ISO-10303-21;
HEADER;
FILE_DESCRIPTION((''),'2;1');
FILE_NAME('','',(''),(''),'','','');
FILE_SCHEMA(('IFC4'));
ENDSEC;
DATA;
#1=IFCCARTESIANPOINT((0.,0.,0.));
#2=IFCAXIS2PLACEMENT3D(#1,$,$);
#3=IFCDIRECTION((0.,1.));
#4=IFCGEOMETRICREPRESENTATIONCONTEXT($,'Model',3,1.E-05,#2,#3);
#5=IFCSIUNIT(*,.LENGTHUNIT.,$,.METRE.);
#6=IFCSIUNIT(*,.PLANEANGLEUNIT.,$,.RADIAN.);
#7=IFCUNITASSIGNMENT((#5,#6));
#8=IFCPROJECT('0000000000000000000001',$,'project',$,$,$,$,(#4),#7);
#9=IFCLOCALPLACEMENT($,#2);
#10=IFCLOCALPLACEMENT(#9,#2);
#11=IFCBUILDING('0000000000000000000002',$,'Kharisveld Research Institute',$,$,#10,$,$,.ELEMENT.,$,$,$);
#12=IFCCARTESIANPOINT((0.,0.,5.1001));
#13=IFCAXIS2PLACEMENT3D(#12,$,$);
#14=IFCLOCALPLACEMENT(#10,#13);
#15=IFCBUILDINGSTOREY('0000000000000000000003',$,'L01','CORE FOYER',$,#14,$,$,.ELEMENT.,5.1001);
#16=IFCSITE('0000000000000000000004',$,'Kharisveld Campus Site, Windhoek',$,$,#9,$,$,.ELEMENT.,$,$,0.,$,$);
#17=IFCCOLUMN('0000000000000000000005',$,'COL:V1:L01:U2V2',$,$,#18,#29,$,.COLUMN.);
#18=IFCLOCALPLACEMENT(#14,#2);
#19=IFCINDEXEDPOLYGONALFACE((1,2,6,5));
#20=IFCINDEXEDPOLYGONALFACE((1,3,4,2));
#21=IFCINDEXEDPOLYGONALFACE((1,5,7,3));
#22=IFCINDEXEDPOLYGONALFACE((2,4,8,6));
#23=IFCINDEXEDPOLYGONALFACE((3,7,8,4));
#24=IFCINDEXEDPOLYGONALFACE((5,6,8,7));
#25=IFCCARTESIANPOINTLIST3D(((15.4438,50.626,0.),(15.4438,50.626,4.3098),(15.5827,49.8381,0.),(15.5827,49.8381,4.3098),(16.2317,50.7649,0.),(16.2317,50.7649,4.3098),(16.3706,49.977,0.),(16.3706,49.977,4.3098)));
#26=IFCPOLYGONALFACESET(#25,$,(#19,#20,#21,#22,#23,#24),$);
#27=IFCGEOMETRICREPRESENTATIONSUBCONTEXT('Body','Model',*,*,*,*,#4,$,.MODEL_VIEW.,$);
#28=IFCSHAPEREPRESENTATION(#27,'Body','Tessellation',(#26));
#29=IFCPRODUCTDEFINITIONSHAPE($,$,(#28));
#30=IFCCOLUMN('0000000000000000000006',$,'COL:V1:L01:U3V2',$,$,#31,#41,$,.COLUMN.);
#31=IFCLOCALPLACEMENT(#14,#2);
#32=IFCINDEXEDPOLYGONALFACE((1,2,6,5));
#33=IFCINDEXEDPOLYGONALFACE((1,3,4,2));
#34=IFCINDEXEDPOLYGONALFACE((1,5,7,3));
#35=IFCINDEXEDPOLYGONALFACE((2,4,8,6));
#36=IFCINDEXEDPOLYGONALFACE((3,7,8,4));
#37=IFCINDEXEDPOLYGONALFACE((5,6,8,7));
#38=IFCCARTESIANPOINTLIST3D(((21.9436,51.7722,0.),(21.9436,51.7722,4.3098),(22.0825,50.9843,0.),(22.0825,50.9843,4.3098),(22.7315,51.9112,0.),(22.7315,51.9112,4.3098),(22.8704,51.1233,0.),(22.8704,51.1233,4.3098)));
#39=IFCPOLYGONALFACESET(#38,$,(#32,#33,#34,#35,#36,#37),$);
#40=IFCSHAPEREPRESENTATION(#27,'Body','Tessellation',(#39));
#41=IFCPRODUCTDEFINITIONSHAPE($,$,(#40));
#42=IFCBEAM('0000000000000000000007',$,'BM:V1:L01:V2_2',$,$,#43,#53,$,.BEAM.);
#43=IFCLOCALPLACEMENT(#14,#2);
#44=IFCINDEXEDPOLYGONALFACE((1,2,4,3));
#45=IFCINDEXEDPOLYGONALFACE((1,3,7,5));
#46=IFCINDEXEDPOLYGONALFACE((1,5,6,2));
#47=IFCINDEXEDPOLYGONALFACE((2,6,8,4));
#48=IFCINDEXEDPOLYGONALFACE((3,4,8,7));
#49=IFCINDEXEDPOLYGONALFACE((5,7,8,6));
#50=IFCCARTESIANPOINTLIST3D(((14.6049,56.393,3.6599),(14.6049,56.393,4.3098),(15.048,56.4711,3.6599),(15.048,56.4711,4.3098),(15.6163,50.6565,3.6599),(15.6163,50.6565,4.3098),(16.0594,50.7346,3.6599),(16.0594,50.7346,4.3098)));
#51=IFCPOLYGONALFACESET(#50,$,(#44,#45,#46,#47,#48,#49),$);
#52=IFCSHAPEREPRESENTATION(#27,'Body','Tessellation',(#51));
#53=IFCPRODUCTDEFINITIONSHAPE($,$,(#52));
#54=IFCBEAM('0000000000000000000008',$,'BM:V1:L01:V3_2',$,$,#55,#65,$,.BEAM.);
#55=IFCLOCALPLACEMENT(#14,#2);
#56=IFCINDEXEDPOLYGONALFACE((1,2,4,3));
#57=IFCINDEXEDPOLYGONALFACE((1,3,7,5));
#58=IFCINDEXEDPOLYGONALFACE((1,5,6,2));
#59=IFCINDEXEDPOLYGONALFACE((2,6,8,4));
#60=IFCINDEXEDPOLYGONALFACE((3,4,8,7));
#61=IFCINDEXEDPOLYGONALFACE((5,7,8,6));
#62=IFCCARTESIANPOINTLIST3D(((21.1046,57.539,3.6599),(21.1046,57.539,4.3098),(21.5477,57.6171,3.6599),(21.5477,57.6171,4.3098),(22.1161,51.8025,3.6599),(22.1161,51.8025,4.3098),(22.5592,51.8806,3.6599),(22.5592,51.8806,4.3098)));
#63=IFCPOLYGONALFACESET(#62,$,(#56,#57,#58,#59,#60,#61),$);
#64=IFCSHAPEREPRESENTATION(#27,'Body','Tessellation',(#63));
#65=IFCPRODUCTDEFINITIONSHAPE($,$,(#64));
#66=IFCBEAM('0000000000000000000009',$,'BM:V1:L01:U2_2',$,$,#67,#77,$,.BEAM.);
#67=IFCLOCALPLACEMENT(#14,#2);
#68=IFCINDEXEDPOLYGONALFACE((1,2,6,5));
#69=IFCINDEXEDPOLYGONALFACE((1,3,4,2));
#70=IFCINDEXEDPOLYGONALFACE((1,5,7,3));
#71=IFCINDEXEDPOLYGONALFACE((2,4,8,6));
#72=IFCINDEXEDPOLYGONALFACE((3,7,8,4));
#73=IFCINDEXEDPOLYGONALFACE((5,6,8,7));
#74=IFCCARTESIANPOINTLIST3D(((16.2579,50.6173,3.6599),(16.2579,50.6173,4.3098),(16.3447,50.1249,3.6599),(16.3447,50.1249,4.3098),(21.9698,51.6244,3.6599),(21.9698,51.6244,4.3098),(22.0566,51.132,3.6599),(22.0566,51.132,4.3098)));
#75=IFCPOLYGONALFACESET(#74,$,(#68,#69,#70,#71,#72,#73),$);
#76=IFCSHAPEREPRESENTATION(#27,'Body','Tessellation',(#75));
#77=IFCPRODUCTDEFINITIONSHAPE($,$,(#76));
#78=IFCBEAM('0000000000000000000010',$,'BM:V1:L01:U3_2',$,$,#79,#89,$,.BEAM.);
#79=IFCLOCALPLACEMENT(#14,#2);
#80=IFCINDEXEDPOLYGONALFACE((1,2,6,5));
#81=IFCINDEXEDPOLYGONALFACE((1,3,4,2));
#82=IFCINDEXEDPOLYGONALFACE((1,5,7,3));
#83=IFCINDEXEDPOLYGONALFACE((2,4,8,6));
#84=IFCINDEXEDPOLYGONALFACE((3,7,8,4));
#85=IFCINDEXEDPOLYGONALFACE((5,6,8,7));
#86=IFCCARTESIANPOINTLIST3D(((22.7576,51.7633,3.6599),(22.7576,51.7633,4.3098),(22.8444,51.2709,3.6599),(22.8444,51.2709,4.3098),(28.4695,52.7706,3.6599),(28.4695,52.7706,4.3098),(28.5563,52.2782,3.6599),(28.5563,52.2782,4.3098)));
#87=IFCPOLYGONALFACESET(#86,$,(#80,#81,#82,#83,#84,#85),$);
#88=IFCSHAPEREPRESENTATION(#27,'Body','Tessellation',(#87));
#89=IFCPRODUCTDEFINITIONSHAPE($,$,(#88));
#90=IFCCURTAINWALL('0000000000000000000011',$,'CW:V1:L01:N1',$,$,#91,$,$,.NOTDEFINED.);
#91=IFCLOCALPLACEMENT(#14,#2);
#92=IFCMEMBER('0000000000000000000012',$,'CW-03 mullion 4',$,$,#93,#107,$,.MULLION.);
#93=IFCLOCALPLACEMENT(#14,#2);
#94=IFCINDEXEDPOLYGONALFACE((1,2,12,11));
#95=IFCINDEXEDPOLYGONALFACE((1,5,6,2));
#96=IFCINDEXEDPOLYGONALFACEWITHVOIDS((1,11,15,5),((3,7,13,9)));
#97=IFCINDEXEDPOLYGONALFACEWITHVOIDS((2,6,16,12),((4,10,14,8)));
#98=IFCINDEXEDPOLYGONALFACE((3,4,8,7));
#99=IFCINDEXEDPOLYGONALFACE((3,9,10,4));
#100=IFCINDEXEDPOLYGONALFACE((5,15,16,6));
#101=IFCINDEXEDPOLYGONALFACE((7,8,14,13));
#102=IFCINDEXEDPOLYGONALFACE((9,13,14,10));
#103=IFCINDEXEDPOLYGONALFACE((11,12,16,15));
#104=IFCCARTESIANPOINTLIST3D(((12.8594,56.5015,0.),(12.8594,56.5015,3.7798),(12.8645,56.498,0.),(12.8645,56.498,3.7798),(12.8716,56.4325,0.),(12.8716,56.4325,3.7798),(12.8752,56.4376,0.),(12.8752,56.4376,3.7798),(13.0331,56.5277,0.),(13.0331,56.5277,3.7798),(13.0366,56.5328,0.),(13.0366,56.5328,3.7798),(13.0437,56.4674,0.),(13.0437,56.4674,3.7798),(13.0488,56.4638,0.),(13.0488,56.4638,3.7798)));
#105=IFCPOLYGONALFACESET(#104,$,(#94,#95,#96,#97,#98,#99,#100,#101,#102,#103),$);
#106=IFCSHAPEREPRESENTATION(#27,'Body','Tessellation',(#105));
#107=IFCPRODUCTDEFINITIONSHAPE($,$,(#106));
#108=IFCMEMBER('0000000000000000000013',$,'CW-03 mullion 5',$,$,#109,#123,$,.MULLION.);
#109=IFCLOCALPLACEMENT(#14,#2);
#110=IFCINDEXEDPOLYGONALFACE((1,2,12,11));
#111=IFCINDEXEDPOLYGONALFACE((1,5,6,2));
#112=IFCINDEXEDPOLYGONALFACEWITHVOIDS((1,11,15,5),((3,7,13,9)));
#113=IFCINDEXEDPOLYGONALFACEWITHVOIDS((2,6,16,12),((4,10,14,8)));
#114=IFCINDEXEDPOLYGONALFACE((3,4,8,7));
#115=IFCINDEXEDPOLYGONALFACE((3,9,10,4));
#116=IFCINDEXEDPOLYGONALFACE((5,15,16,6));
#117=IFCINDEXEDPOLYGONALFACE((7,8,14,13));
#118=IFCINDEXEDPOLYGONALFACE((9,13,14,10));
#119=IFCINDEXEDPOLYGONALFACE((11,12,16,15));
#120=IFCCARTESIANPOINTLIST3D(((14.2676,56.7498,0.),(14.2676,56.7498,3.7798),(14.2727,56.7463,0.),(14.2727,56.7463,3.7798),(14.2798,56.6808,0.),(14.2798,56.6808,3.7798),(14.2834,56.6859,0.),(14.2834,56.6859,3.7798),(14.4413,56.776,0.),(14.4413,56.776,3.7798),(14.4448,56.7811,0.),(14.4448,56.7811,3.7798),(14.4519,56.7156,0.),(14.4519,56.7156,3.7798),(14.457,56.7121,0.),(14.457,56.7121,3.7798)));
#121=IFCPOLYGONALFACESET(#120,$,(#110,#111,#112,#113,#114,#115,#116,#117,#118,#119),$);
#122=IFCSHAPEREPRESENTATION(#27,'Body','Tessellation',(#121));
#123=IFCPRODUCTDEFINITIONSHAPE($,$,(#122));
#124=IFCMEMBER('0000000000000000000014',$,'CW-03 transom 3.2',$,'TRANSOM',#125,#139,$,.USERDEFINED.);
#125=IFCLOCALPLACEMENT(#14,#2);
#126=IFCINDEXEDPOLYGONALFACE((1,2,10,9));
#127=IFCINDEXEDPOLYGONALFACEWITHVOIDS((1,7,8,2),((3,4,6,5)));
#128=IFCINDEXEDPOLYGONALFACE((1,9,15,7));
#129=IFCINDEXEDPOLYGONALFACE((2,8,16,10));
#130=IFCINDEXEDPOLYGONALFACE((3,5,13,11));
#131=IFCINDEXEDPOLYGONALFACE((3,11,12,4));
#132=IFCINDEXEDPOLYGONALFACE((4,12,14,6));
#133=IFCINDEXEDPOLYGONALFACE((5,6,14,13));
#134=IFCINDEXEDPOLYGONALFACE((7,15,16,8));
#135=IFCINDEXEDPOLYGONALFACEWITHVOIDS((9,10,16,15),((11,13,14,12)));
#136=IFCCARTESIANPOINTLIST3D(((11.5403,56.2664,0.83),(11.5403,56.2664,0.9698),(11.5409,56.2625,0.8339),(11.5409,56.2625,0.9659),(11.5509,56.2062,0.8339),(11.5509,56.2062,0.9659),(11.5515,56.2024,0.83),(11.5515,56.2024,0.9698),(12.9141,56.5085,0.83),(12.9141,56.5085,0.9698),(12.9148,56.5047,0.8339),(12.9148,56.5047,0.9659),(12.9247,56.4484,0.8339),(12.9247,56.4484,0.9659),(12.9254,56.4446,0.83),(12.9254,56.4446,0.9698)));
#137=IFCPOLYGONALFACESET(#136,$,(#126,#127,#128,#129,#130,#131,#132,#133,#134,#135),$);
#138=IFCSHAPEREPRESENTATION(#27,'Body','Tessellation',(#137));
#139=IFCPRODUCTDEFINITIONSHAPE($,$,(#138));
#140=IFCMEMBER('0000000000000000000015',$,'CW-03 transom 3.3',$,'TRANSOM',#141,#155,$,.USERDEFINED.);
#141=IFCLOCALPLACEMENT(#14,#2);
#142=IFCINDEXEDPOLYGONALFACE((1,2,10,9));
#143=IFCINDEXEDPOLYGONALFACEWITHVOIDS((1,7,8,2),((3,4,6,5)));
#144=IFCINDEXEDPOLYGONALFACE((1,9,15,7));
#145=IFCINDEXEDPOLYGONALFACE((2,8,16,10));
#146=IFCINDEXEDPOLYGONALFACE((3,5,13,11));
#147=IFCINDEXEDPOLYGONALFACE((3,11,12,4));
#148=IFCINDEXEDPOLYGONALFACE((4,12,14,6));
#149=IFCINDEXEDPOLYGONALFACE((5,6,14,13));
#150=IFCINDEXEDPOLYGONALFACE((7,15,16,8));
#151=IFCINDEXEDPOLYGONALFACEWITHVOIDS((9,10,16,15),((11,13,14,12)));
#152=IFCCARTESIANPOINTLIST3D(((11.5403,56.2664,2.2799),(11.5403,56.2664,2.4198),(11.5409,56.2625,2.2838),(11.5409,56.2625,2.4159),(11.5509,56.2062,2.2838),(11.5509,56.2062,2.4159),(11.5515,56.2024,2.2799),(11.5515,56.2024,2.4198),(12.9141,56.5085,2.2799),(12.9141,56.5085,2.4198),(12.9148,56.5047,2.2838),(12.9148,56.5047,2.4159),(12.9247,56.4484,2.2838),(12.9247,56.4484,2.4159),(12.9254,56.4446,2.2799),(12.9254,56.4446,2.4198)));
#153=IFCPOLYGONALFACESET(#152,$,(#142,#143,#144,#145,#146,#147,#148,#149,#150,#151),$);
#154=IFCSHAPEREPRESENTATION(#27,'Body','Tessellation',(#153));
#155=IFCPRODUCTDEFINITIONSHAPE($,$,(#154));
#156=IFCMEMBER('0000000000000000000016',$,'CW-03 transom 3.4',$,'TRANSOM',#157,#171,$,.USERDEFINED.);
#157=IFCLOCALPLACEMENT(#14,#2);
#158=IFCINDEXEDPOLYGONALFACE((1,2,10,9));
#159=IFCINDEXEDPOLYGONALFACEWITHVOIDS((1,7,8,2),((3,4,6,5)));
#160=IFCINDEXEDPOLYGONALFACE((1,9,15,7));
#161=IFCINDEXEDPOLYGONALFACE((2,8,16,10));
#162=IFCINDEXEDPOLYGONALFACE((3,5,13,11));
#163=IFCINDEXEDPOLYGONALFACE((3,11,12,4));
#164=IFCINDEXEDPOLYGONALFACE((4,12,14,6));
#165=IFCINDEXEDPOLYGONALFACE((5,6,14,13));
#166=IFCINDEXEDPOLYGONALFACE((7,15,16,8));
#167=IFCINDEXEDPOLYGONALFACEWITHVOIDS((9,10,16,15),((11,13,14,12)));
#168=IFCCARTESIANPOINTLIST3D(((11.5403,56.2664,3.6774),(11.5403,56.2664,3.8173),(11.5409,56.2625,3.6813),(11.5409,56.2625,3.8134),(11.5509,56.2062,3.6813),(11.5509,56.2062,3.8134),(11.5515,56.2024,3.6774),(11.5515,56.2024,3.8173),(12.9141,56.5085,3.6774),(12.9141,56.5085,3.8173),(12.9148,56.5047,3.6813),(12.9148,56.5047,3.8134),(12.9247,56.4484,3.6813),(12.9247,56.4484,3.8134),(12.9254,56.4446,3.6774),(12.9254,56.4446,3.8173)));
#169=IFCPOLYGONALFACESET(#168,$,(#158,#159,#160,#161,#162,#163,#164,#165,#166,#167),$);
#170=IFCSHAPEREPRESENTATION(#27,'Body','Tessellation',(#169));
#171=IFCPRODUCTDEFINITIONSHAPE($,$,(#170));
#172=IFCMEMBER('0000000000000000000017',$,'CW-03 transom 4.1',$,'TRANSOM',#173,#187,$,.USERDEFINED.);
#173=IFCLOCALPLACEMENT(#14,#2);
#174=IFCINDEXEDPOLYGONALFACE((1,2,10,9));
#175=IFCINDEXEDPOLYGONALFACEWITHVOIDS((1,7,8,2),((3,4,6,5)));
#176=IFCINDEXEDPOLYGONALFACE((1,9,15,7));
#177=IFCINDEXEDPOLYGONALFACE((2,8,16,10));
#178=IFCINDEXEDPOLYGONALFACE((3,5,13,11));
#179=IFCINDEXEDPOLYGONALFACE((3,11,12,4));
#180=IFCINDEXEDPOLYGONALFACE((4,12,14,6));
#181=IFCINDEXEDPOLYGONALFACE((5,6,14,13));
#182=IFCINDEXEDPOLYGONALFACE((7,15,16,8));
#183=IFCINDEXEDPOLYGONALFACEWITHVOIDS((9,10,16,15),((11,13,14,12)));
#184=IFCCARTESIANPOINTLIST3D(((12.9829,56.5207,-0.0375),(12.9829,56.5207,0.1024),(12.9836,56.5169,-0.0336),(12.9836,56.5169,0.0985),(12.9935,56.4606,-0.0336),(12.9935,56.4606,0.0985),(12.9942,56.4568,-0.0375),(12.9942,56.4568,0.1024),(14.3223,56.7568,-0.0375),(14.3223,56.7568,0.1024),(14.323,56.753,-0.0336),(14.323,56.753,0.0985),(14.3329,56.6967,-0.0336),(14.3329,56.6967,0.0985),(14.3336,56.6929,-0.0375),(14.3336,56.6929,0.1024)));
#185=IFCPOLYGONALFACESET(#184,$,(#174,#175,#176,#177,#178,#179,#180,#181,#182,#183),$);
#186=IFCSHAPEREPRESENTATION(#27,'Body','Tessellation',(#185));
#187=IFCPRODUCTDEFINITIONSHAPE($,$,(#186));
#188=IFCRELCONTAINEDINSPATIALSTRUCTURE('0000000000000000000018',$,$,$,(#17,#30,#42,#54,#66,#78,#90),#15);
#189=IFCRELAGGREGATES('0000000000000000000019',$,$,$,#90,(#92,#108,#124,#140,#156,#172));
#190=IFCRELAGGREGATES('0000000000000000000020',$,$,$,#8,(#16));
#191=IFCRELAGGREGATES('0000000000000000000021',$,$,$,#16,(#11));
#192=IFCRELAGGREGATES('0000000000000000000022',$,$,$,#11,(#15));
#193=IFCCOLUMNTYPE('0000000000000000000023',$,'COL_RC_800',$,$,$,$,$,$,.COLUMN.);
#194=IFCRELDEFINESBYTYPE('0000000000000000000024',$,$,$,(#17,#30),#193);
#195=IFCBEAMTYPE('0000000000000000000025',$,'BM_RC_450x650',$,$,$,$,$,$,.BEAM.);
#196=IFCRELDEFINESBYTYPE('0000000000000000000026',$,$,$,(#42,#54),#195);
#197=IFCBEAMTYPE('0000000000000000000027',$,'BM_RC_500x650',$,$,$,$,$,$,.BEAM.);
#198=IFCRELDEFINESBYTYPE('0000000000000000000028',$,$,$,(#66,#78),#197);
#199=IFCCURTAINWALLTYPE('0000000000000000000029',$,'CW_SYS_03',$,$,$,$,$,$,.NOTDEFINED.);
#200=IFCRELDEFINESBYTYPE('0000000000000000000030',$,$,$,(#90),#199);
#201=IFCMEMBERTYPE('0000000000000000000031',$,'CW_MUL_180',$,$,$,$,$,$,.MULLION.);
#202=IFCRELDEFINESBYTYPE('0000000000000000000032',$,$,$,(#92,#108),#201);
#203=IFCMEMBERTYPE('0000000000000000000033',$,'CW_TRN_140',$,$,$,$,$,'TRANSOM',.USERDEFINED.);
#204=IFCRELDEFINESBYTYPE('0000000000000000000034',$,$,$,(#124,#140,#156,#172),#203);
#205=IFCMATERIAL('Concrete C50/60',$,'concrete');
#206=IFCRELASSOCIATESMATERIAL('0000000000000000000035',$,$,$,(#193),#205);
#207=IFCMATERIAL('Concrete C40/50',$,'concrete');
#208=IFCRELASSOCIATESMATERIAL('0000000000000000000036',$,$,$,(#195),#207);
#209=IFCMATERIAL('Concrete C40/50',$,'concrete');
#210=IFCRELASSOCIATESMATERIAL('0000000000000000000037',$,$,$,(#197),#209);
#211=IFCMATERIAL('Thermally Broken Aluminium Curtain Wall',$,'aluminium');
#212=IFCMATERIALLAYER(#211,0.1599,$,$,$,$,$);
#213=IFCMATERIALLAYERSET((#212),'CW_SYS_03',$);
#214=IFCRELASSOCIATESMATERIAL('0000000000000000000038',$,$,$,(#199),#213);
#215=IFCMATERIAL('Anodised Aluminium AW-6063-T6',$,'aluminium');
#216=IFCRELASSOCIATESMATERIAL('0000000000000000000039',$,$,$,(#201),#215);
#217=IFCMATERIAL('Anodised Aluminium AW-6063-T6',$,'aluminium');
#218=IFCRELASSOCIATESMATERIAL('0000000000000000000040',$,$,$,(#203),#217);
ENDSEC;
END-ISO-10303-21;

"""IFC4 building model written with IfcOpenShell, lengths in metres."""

from ifc_helpers import new_model, si_unit, direction, frame, origin, origin_2d, place, context, subcontext, project, spatial, rectangle, hollow_rectangle, extrude, material, layer, layer_set, material_profile, profile_set, type_object, element, aggregate, save


model = new_model("IFC4")

# Units and contexts
model_context = context("Model", 3, precision=1e-05, world=origin(), true_north=direction((0.0, 1.0)))
body_context = subcontext(model_context, "Body", "Model", "MODEL_VIEW")
ifc_project = project(units=[si_unit("LENGTHUNIT", "METRE"), si_unit("PLANEANGLEUNIT", "RADIAN")], contexts=[model_context])

# Site, building, storey
site_placement = place(None, origin())
site = spatial("IfcSite", under=ifc_project, at=site_placement, Name="Kharisveld Campus Site, Windhoek", CompositionType="ELEMENT", RefElevation=0.0)
building_placement = place(site_placement, origin())
building = spatial("IfcBuilding", under=site, at=building_placement, Name="Kharisveld Research Institute", CompositionType="ELEMENT")
storey_placement = place(building_placement, frame((0.0, 0.0, 5.1001)))
storey = spatial("IfcBuildingStorey", under=building, at=storey_placement, Name="L01", Description="CORE FOYER", CompositionType="ELEMENT", Elevation=5.1001)

# Columns
ifc_material_1 = material(Name="Concrete C50/60", Category="concrete")
ifc_material_profile_1 = material_profile(ifc_material_1, rectangle(XDim=0.8, YDim=0.8, at=origin_2d()))
ifc_profile_set_1 = profile_set([ifc_material_profile_1], Name="Concrete C50/60")
column_type = type_object("IfcColumnType", Name="COL_RC_800", PredefinedType="COLUMN", material=ifc_profile_set_1)
for number, where, z_axis, x_axis, name in (
    (1, (15.9072, 50.3015, 0.0), (0.0, 0.0, 1.0), (0.984808, 0.173648, 0.0), "COL:V1:L01:U2V2"),
    (2, (22.407, 51.4478, 0.0), (0.0, 0.0, 1.0), (0.984808, 0.173648, 0.0), "COL:V1:L01:U3V2"),
):
    element("IfcColumn", number, at=place(storey_placement, frame(where, z_axis=z_axis, x_axis=x_axis)), inside=storey, type_object=column_type, Name=name, PredefinedType="COLUMN", context=body_context, shape_type="SweptSolid", body=[
        extrude(rectangle(XDim=0.8, YDim=0.8, at=origin_2d()), origin(), (0.0, 0.0, 1.0), 4.3098),
    ])

# Beams
ifc_material_2 = material(Name="Concrete C40/50", Category="concrete")
ifc_material_profile_2 = material_profile(ifc_material_2, rectangle(XDim=0.45, YDim=0.6499, at=origin_2d()))
ifc_profile_set_2 = profile_set([ifc_material_profile_2], Name="Concrete C40/50")
beam_type_1 = type_object("IfcBeamType", Name="BM_RC_450x650", PredefinedType="BEAM", material=ifc_profile_set_2)
for number, where, z_axis, x_axis, name in (
    (3, (15.8379, 50.6956, 3.9849), (-0.173642, 0.984809, 0.0), (-0.984809, -0.173642, 0.0), "BM:V1:L01:V2_2"),
    (4, (22.3376, 51.8416, 3.9849), (-0.173642, 0.984809, 0.0), (-0.984809, -0.173642, 0.0), "BM:V1:L01:V3_2"),
):
    element("IfcBeam", number, at=place(storey_placement, frame(where, z_axis=z_axis, x_axis=x_axis)), inside=storey, type_object=beam_type_1, Name=name, PredefinedType="BEAM", context=body_context, shape_type="SweptSolid", body=[
        extrude(rectangle(XDim=0.45, YDim=0.6499, at=origin_2d()), origin(), (0.0, 0.0, 1.0), 5.825),
    ])
ifc_material_3 = material(Name="Concrete C40/50", Category="concrete")
ifc_material_profile_3 = material_profile(ifc_material_3, rectangle(XDim=0.5, YDim=0.6499, at=origin_2d()))
ifc_profile_set_3 = profile_set([ifc_material_profile_3], Name="Concrete C40/50")
beam_type_2 = type_object("IfcBeamType", Name="BM_RC_500x650", PredefinedType="BEAM", material=ifc_profile_set_3)
for number, where, z_axis, x_axis, name in (
    (5, (16.3013, 50.3711, 3.9849), (0.98481, 0.173634, 0.0), (-0.173634, 0.98481, 0.0), "BM:V1:L01:U2_2"),
    (6, (22.801, 51.5171, 3.9849), (0.984803, 0.173675, 0.0), (-0.173675, 0.984803, 0.0), "BM:V1:L01:U3_2"),
):
    element("IfcBeam", number, at=place(storey_placement, frame(where, z_axis=z_axis, x_axis=x_axis)), inside=storey, type_object=beam_type_2, Name=name, PredefinedType="BEAM", context=body_context, shape_type="SweptSolid", body=[
        extrude(rectangle(XDim=0.5, YDim=0.6499, at=origin_2d()), origin(), (0.0, 0.0, 1.0), 5.8),
    ])

# Curtain wall, members
ifc_material_4 = material(Name="Thermally Broken Aluminium Curtain Wall", Category="aluminium")
ifc_layer_1 = layer(ifc_material_4, 0.1599)
ifc_layer_set_1 = layer_set([ifc_layer_1], Name="CW_SYS_03")
curtain_wall_type = type_object("IfcCurtainWallType", Name="CW_SYS_03", PredefinedType="NOTDEFINED", material=ifc_layer_set_1)
curtain_wall_placement = place(storey_placement, origin())
curtain_wall = element("IfcCurtainWall", 7, at=curtain_wall_placement, inside=storey, type_object=curtain_wall_type, Name="CW:V1:L01:N1", PredefinedType="NOTDEFINED")
ifc_material_5 = material(Name="Anodised Aluminium AW-6063-T6", Category="aluminium")
ifc_material_profile_4 = material_profile(ifc_material_5, hollow_rectangle(XDim=0.0701, YDim=0.1799, WallThickness=0.0044, at=origin_2d()))
ifc_profile_set_4 = profile_set([ifc_material_profile_4], Name="Anodised Aluminium AW-6063-T6")
member_type_1 = type_object("IfcMemberType", Name="CW_MUL_180", PredefinedType="MULLION", material=ifc_profile_set_4)
member_1_placement = place(storey_placement, frame((12.9541, 56.4827, 0.0), z_axis=(0.0, 0.0, 1.0), x_axis=(-0.173648, 0.984808, 0.0)))
member_1 = element("IfcMember", 8, at=member_1_placement, type_object=member_type_1, Name="CW-03 mullion 4", PredefinedType="MULLION", context=body_context, shape_type="SweptSolid", body=[
    extrude(hollow_rectangle(XDim=0.0701, YDim=0.1799, WallThickness=0.0044, at=origin_2d()), origin(), (0.0, 0.0, 1.0), 3.7798),
])
member_2_placement = place(storey_placement, frame((14.3623, 56.731, 0.0), z_axis=(0.0, 0.0, 1.0), x_axis=(-0.173648, 0.984808, 0.0)))
member_2 = element("IfcMember", 9, at=member_2_placement, type_object=member_type_1, Name="CW-03 mullion 5", PredefinedType="MULLION", context=body_context, shape_type="SweptSolid", body=[
    extrude(hollow_rectangle(XDim=0.0701, YDim=0.1799, WallThickness=0.0044, at=origin_2d()), origin(), (0.0, 0.0, 1.0), 3.7798),
])
ifc_material_6 = material(Name="Anodised Aluminium AW-6063-T6", Category="aluminium")
ifc_material_profile_5 = material_profile(ifc_material_6, hollow_rectangle(XDim=0.0649, YDim=0.1399, WallThickness=0.0039, at=origin_2d()))
ifc_profile_set_5 = profile_set([ifc_material_profile_5], Name="Anodised Aluminium AW-6063-T6")
member_type_2 = type_object("IfcMemberType", Name="CW_TRN_140", ElementType="TRANSOM", PredefinedType="USERDEFINED", material=ifc_profile_set_5)
member_3_placement = place(storey_placement, frame((11.5459, 56.2344, 0.8999), z_axis=(0.984813, 0.173616, 0.0), x_axis=(-0.173616, 0.984813, 0.0)))
member_3 = element("IfcMember", 10, at=member_3_placement, type_object=member_type_2, Name="CW-03 transom 3.2", ObjectType="TRANSOM", PredefinedType="USERDEFINED", context=body_context, shape_type="SweptSolid", body=[
    extrude(hollow_rectangle(XDim=0.0649, YDim=0.1399, WallThickness=0.0039, at=origin_2d()), origin(), (0.0, 0.0, 1.0), 1.395),
])
member_4_placement = place(storey_placement, frame((11.5459, 56.2344, 2.3499), z_axis=(0.984813, 0.173616, 0.0), x_axis=(-0.173616, 0.984813, 0.0)))
member_4 = element("IfcMember", 11, at=member_4_placement, type_object=member_type_2, Name="CW-03 transom 3.3", ObjectType="TRANSOM", PredefinedType="USERDEFINED", context=body_context, shape_type="SweptSolid", body=[
    extrude(hollow_rectangle(XDim=0.0649, YDim=0.1399, WallThickness=0.0039, at=origin_2d()), origin(), (0.0, 0.0, 1.0), 1.395),
])
member_5_placement = place(storey_placement, frame((11.5459, 56.2344, 3.7473), z_axis=(0.984813, 0.173616, 0.0), x_axis=(-0.173616, 0.984813, 0.0)))
member_5 = element("IfcMember", 12, at=member_5_placement, type_object=member_type_2, Name="CW-03 transom 3.4", ObjectType="TRANSOM", PredefinedType="USERDEFINED", context=body_context, shape_type="SweptSolid", body=[
    extrude(hollow_rectangle(XDim=0.0649, YDim=0.1399, WallThickness=0.0039, at=origin_2d()), origin(), (0.0, 0.0, 1.0), 1.395),
])
member_6_placement = place(storey_placement, frame((12.9885, 56.4888, 0.0325), z_axis=(0.984818, 0.173591, 0.0), x_axis=(-0.173591, 0.984818, 0.0)))
member_6 = element("IfcMember", 13, at=member_6_placement, type_object=member_type_2, Name="CW-03 transom 4.1", ObjectType="TRANSOM", PredefinedType="USERDEFINED", context=body_context, shape_type="SweptSolid", body=[
    extrude(hollow_rectangle(XDim=0.0649, YDim=0.1399, WallThickness=0.0039, at=origin_2d()), origin(), (0.0, 0.0, 1.0), 1.3601),
])

aggregate(curtain_wall, [member_1, member_2, member_3, member_4, member_5, member_6])

save(model, "model.ifc")
